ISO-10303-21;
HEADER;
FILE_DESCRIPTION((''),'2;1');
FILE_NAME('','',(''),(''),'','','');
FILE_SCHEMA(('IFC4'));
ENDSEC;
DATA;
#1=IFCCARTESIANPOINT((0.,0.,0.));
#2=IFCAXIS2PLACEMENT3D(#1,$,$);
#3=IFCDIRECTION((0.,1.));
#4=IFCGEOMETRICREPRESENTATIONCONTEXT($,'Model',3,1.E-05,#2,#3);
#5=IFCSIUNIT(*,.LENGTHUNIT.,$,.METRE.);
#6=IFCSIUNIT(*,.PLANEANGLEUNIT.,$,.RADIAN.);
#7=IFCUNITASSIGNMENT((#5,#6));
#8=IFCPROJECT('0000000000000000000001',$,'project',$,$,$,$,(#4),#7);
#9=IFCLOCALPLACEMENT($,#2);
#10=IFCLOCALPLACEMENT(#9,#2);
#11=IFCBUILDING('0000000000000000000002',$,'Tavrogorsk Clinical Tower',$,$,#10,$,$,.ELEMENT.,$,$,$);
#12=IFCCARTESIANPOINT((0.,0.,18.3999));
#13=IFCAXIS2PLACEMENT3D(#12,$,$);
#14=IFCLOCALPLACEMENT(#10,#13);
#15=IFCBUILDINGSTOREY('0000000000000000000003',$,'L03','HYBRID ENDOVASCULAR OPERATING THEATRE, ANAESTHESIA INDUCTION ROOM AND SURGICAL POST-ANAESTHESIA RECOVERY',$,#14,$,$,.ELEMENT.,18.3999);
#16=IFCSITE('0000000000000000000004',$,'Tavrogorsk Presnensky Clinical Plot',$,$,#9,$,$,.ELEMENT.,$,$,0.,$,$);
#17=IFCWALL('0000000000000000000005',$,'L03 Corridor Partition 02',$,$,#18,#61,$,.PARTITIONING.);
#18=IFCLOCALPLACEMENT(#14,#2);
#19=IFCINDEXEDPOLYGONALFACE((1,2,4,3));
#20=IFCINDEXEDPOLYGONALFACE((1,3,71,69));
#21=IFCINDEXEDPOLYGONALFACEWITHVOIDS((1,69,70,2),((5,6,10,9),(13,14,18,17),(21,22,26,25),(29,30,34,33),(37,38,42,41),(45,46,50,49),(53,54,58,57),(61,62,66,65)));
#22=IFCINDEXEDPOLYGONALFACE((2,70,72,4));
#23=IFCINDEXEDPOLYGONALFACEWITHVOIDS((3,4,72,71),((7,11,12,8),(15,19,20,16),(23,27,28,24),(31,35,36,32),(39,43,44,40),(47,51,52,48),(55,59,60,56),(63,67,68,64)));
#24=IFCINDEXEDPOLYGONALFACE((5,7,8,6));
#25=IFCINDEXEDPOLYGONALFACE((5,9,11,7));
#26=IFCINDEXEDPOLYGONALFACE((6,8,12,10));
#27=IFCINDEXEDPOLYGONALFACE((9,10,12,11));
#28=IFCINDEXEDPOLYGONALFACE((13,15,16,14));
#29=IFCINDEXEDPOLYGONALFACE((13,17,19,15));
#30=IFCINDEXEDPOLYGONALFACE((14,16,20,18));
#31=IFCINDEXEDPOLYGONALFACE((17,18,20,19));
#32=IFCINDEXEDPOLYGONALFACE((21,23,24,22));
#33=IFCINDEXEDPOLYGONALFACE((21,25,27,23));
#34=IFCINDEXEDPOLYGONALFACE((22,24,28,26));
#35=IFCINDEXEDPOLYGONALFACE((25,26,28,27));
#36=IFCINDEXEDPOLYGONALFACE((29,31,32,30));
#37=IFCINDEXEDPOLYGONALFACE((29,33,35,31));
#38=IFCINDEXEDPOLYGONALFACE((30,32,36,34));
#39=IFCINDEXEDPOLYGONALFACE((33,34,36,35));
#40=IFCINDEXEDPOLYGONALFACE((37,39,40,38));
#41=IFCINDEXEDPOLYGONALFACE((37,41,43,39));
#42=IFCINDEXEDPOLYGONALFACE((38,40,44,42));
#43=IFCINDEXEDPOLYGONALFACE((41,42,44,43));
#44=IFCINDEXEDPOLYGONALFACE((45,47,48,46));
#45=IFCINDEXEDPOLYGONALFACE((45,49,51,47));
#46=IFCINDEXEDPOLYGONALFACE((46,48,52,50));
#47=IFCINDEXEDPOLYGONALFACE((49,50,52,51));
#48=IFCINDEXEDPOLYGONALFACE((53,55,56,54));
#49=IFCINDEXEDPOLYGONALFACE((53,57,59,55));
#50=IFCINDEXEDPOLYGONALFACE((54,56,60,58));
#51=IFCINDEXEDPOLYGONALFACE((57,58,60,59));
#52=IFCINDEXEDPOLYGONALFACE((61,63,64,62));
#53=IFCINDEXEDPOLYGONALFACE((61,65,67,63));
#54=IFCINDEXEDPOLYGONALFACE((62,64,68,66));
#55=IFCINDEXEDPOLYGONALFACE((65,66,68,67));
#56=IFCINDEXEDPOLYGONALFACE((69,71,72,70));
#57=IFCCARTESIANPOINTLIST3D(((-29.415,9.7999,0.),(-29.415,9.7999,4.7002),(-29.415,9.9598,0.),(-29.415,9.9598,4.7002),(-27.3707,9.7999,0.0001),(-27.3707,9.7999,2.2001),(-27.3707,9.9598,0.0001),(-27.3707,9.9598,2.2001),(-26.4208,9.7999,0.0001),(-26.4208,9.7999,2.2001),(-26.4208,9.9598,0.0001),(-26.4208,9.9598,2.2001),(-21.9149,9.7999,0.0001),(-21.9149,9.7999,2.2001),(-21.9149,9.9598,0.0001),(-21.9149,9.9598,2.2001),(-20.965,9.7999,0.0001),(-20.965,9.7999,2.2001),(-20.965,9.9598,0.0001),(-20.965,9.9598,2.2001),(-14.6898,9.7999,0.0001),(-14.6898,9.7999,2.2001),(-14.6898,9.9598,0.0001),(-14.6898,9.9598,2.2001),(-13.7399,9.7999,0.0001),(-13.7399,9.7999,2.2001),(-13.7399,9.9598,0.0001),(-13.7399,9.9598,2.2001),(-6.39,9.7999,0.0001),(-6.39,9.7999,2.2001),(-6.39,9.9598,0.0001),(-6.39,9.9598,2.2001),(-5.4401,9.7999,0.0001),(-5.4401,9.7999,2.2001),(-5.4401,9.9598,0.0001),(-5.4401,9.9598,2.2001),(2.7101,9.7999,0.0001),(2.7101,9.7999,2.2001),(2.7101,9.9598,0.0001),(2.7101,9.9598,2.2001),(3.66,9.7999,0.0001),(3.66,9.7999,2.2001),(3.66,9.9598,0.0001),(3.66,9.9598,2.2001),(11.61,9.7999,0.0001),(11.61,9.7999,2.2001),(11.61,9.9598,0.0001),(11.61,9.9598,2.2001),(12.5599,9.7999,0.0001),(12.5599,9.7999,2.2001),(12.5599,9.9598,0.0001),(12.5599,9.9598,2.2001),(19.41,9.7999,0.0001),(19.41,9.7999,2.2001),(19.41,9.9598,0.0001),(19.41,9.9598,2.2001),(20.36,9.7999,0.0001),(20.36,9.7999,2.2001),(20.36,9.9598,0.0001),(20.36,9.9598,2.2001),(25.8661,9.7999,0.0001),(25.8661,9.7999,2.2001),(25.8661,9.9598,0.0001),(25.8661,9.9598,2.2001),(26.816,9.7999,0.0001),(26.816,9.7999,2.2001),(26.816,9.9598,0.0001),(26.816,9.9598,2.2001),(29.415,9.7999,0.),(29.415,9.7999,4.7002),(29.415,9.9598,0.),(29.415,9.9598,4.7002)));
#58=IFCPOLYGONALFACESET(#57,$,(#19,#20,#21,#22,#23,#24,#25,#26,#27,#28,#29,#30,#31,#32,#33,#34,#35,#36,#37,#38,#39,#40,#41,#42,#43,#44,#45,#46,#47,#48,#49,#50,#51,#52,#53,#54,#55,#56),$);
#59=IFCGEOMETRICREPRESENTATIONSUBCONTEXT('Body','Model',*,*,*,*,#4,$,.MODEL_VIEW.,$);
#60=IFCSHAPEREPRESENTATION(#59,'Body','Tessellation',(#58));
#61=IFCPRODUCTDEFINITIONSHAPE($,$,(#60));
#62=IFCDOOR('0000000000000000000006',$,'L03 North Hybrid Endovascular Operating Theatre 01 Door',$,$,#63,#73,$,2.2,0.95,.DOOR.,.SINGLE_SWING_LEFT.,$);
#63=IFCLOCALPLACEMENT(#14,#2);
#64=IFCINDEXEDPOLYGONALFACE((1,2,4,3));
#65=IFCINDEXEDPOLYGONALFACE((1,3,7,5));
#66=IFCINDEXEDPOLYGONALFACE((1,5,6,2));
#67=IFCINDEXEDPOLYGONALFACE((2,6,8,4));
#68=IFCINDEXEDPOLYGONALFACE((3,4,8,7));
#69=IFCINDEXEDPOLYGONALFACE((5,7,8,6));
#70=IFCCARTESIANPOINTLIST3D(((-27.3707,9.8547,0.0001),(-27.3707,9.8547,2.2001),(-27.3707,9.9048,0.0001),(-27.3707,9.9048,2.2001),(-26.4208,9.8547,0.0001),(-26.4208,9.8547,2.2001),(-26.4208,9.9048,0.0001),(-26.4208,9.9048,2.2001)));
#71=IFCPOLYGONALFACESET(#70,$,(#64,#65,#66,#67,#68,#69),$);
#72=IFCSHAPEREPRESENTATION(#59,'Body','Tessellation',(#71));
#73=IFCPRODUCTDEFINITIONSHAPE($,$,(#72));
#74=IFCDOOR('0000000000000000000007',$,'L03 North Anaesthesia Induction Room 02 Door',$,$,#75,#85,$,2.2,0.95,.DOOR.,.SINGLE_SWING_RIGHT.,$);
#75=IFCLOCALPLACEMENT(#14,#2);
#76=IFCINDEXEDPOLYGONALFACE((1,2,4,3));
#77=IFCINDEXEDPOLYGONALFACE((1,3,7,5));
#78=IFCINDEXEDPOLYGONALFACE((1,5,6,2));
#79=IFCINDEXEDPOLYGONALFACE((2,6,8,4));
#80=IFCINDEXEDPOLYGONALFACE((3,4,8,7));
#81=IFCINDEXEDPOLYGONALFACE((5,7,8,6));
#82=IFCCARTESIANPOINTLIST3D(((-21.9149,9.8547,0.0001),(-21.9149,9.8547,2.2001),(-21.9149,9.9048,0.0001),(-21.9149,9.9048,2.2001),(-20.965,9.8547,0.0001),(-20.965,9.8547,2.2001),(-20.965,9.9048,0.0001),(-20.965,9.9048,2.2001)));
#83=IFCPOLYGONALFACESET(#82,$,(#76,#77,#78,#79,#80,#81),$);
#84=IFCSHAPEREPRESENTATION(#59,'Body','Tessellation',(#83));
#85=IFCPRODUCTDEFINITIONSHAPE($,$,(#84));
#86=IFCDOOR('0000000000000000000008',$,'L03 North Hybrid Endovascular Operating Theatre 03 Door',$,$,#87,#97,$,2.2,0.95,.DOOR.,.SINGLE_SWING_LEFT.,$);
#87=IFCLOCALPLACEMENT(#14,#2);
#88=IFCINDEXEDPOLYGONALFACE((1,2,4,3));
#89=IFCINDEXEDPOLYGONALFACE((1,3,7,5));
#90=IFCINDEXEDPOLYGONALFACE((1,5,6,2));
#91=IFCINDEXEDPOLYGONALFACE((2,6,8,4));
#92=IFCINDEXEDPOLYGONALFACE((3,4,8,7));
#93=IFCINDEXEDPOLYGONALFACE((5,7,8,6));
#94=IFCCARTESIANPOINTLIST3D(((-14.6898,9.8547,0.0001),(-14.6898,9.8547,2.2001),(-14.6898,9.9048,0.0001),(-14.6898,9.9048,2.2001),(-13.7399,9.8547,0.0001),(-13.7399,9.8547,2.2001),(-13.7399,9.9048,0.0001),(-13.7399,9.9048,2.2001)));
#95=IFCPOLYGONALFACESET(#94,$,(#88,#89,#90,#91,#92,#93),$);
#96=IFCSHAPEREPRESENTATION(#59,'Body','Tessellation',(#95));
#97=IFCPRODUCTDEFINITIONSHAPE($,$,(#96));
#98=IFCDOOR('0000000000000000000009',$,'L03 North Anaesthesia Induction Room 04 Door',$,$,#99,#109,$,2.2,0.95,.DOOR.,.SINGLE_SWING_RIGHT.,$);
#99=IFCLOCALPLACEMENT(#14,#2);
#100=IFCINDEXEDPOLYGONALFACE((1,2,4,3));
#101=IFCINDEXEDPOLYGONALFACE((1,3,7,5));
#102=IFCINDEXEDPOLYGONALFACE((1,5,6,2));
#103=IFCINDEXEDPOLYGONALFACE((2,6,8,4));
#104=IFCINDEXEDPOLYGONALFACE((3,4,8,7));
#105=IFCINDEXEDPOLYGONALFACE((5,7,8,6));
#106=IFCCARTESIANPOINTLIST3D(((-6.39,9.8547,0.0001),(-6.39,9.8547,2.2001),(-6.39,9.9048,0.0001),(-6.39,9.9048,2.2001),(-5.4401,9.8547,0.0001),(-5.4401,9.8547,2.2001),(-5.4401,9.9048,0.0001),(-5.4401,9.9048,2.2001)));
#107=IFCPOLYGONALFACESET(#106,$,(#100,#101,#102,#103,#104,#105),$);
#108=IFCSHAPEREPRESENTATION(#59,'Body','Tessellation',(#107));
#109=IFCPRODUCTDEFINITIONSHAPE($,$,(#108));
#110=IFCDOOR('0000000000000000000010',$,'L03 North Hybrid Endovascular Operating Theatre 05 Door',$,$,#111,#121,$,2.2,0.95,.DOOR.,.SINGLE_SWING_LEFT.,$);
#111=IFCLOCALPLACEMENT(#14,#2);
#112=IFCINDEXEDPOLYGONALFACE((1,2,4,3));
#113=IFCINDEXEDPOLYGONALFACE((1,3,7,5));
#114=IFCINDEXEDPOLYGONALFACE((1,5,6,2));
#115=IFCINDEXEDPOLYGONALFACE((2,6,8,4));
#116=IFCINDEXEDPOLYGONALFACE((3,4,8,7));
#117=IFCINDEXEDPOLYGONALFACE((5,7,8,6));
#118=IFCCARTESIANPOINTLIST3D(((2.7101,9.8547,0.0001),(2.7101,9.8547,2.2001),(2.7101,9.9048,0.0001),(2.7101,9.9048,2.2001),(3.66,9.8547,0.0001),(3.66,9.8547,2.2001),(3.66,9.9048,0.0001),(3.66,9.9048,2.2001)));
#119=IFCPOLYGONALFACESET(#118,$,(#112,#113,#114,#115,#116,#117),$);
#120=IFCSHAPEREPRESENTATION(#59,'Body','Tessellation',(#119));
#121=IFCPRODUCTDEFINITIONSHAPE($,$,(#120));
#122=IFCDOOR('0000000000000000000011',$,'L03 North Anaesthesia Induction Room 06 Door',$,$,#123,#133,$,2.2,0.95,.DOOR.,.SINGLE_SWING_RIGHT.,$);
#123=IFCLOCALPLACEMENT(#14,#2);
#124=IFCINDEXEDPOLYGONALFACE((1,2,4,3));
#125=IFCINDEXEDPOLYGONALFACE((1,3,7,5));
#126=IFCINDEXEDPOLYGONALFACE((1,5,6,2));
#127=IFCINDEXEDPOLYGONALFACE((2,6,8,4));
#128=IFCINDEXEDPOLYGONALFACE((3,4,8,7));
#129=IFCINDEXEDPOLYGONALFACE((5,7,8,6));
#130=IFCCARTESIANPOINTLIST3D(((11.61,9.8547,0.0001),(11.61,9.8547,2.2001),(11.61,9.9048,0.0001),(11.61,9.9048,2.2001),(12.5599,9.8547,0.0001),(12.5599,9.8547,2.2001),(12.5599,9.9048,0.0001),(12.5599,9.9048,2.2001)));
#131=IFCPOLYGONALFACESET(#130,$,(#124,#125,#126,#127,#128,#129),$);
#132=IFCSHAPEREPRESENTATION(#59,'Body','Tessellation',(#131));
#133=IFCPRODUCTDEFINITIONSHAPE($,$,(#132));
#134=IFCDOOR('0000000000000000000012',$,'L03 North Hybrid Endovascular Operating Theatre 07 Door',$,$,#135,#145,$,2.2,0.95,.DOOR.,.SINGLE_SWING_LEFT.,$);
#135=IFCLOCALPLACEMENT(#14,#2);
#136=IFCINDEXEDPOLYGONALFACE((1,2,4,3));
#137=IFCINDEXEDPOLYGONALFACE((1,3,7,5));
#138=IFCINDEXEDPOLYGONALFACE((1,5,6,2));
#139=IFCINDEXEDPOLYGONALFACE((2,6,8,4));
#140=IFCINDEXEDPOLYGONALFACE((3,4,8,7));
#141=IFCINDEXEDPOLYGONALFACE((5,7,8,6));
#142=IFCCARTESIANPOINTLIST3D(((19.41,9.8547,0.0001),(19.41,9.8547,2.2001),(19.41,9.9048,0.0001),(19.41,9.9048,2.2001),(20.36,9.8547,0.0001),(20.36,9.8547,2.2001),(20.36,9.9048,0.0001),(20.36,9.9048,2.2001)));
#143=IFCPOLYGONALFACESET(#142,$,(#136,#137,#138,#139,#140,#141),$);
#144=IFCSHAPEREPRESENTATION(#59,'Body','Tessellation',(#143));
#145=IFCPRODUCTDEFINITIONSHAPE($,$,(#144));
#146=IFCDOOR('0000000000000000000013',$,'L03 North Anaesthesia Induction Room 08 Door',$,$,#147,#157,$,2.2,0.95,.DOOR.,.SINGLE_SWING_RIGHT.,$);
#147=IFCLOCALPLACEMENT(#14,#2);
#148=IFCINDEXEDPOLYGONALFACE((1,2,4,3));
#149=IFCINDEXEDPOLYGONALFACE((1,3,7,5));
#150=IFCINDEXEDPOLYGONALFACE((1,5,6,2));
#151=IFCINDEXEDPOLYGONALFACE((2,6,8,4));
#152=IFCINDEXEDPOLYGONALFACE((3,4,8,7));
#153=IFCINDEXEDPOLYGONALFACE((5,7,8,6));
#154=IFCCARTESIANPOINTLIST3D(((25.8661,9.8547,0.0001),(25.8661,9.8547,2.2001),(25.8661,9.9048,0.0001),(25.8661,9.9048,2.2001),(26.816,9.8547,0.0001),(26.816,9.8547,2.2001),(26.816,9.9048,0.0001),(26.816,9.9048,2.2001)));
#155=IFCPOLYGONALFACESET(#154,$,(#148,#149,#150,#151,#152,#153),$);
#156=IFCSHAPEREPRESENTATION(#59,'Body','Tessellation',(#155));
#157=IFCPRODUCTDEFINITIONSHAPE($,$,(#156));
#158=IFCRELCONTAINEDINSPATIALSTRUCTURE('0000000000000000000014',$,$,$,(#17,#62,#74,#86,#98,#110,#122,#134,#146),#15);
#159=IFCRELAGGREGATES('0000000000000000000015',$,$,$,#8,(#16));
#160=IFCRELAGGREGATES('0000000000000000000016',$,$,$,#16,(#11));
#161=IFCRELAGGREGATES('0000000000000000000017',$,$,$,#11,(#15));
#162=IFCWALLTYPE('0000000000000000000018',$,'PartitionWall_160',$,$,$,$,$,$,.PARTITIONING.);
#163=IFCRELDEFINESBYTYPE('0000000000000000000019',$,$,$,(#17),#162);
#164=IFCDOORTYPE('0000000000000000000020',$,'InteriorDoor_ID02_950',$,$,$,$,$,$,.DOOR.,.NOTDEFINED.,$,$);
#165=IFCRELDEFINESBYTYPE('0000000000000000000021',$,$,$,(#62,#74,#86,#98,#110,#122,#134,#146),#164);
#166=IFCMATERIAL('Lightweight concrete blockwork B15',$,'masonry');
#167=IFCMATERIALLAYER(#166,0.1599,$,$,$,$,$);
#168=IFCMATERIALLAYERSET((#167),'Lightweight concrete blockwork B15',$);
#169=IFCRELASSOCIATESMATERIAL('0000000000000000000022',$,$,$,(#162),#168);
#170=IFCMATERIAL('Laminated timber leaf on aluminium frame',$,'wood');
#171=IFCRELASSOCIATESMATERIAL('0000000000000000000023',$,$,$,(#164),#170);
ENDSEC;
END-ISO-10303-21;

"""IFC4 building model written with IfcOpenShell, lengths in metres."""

from ifc_helpers import new_model, si_unit, direction, frame, frame_2d, origin, place, context, subcontext, project, spatial, rectangle, extrude, material, layer, layer_set, type_object, element, fill, save


model = new_model("IFC4")

# Units and contexts
model_context = context("Model", 3, precision=1e-05, world=origin(), true_north=direction((0.0, 1.0)))
body_context = subcontext(model_context, "Body", "Model", "MODEL_VIEW")
ifc_project = project(units=[si_unit("LENGTHUNIT", "METRE"), si_unit("PLANEANGLEUNIT", "RADIAN")], contexts=[model_context])

# Site, building, storey
site_placement = place(None, origin())
site = spatial("IfcSite", under=ifc_project, at=site_placement, Name="Tavrogorsk Presnensky Clinical Plot", CompositionType="ELEMENT", RefElevation=0.0)
building_placement = place(site_placement, origin())
building = spatial("IfcBuilding", under=site, at=building_placement, Name="Tavrogorsk Clinical Tower", CompositionType="ELEMENT")
storey_placement = place(building_placement, frame((0.0, 0.0, 18.3999)))
storey = spatial("IfcBuildingStorey", under=building, at=storey_placement, Name="L03", Description="HYBRID ENDOVASCULAR OPERATING THEATRE, ANAESTHESIA INDUCTION ROOM AND SURGICAL POST-ANAESTHESIA RECOVERY", CompositionType="ELEMENT", Elevation=18.3999)

# Wall, openings, doors
ifc_material_1 = material(Name="Lightweight concrete blockwork B15", Category="masonry")
ifc_layer_1 = layer(ifc_material_1, 0.1599)
ifc_layer_set_1 = layer_set([ifc_layer_1], Name="Lightweight concrete blockwork B15")
wall_type_1 = type_object("IfcWallType", Name="PartitionWall_160", PredefinedType="PARTITIONING", material=ifc_layer_set_1)
wall_1_placement = place(storey_placement, frame((-29.415, 9.8799, 0.0), z_axis=(0.0, 0.0, 1.0), x_axis=(1.0, 0.0, 0.0)))
wall_1 = element("IfcWall", 1, at=wall_1_placement, inside=storey, type_object=wall_type_1, Name="L03 Corridor Partition 02", PredefinedType="PARTITIONING", context=body_context, shape_type="SweptSolid", body=[
    extrude(rectangle(XDim=58.8301, YDim=0.1599, at=frame_2d((29.415, 0.0))), origin(), (0.0, 0.0, 1.0), 4.7002),
])
opening_1_placement = place(wall_1_placement, frame((2.0442, 0.0, 0.0)))
opening_1 = element("IfcOpeningElement", 2, at=opening_1_placement, cuts=wall_1, PredefinedType="OPENING", context=body_context, shape_type="SweptSolid", body=[
    extrude(rectangle(XDim=0.95, YDim=2.2, at=frame_2d((0.4751, 1.1001))), frame((0.0, 0.0898, 0.0), z_axis=(0.0, -1.0, 0.0), x_axis=(1.0, 0.0, 0.0)), (0.0, 0.0, 1.0), 0.1799),
])
opening_2_placement = place(wall_1_placement, frame((7.5, 0.0, 0.0)))
opening_2 = element("IfcOpeningElement", 3, at=opening_2_placement, cuts=wall_1, PredefinedType="OPENING", context=body_context, shape_type="SweptSolid", body=[
    extrude(rectangle(XDim=0.95, YDim=2.2, at=frame_2d((0.4751, 1.1001))), frame((0.0, 0.0898, 0.0), z_axis=(0.0, -1.0, 0.0), x_axis=(1.0, 0.0, 0.0)), (0.0, 0.0, 1.0), 0.1799),
])
opening_3_placement = place(wall_1_placement, frame((14.7251, 0.0, 0.0)))
opening_3 = element("IfcOpeningElement", 4, at=opening_3_placement, cuts=wall_1, PredefinedType="OPENING", context=body_context, shape_type="SweptSolid", body=[
    extrude(rectangle(XDim=0.95, YDim=2.2, at=frame_2d((0.4751, 1.1001))), frame((0.0, 0.0898, 0.0), z_axis=(0.0, -1.0, 0.0), x_axis=(1.0, 0.0, 0.0)), (0.0, 0.0, 1.0), 0.1799),
])
opening_4_placement = place(wall_1_placement, frame((23.0249, 0.0, 0.0)))
opening_4 = element("IfcOpeningElement", 5, at=opening_4_placement, cuts=wall_1, PredefinedType="OPENING", context=body_context, shape_type="SweptSolid", body=[
    extrude(rectangle(XDim=0.95, YDim=2.2, at=frame_2d((0.4751, 1.1001))), frame((0.0, 0.0898, 0.0), z_axis=(0.0, -1.0, 0.0), x_axis=(1.0, 0.0, 0.0)), (0.0, 0.0, 1.0), 0.1799),
])
opening_5_placement = place(wall_1_placement, frame((32.125, 0.0, 0.0)))
opening_5 = element("IfcOpeningElement", 6, at=opening_5_placement, cuts=wall_1, PredefinedType="OPENING", context=body_context, shape_type="SweptSolid", body=[
    extrude(rectangle(XDim=0.95, YDim=2.2, at=frame_2d((0.4751, 1.1001))), frame((0.0, 0.0898, 0.0), z_axis=(0.0, -1.0, 0.0), x_axis=(1.0, 0.0, 0.0)), (0.0, 0.0, 1.0), 0.1799),
])
opening_6_placement = place(wall_1_placement, frame((41.0249, 0.0, 0.0)))
opening_6 = element("IfcOpeningElement", 7, at=opening_6_placement, cuts=wall_1, PredefinedType="OPENING", context=body_context, shape_type="SweptSolid", body=[
    extrude(rectangle(XDim=0.95, YDim=2.2, at=frame_2d((0.4751, 1.1001))), frame((0.0, 0.0898, 0.0), z_axis=(0.0, -1.0, 0.0), x_axis=(1.0, 0.0, 0.0)), (0.0, 0.0, 1.0), 0.1799),
])
opening_7_placement = place(wall_1_placement, frame((48.825, 0.0, 0.0)))
opening_7 = element("IfcOpeningElement", 8, at=opening_7_placement, cuts=wall_1, PredefinedType="OPENING", context=body_context, shape_type="SweptSolid", body=[
    extrude(rectangle(XDim=0.95, YDim=2.2, at=frame_2d((0.4751, 1.1001))), frame((0.0, 0.0898, 0.0), z_axis=(0.0, -1.0, 0.0), x_axis=(1.0, 0.0, 0.0)), (0.0, 0.0, 1.0), 0.1799),
])
opening_8_placement = place(wall_1_placement, frame((55.281, 0.0, 0.0)))
opening_8 = element("IfcOpeningElement", 9, at=opening_8_placement, cuts=wall_1, PredefinedType="OPENING", context=body_context, shape_type="SweptSolid", body=[
    extrude(rectangle(XDim=0.95, YDim=2.2, at=frame_2d((0.4751, 1.1001))), frame((0.0, 0.0898, 0.0), z_axis=(0.0, -1.0, 0.0), x_axis=(1.0, 0.0, 0.0)), (0.0, 0.0, 1.0), 0.1799),
])
ifc_material_2 = material(Name="Laminated timber leaf on aluminium frame", Category="wood")
door_type = type_object("IfcDoorType", Name="InteriorDoor_ID02_950", OperationType="NOTDEFINED", PredefinedType="DOOR", material=ifc_material_2)
door_1_placement = place(opening_1_placement, origin())
door_1 = element("IfcDoor", 10, at=door_1_placement, inside=storey, type_object=door_type, Name="L03 North Hybrid Endovascular Operating Theatre 01 Door", OperationType="SINGLE_SWING_LEFT", OverallHeight=2.2, OverallWidth=0.95, PredefinedType="DOOR", context=body_context, shape_type="SweptSolid", body=[
    extrude(rectangle(XDim=0.95, YDim=2.2, at=frame_2d((0.4751, 1.1001))), frame((0.0, 0.0249, 0.0), z_axis=(0.0, -1.0, 0.0), x_axis=(1.0, 0.0, 0.0)), (0.0, 0.0, 1.0), 0.05),
])
fill(opening_1, door_1)
door_2_placement = place(opening_2_placement, origin())
door_2 = element("IfcDoor", 11, at=door_2_placement, inside=storey, type_object=door_type, Name="L03 North Anaesthesia Induction Room 02 Door", OperationType="SINGLE_SWING_RIGHT", OverallHeight=2.2, OverallWidth=0.95, PredefinedType="DOOR", context=body_context, shape_type="SweptSolid", body=[
    extrude(rectangle(XDim=0.95, YDim=2.2, at=frame_2d((0.4751, 1.1001))), frame((0.0, 0.0249, 0.0), z_axis=(0.0, -1.0, 0.0), x_axis=(1.0, 0.0, 0.0)), (0.0, 0.0, 1.0), 0.05),
])
fill(opening_2, door_2)
door_3_placement = place(opening_3_placement, origin())
door_3 = element("IfcDoor", 12, at=door_3_placement, inside=storey, type_object=door_type, Name="L03 North Hybrid Endovascular Operating Theatre 03 Door", OperationType="SINGLE_SWING_LEFT", OverallHeight=2.2, OverallWidth=0.95, PredefinedType="DOOR", context=body_context, shape_type="SweptSolid", body=[
    extrude(rectangle(XDim=0.95, YDim=2.2, at=frame_2d((0.4751, 1.1001))), frame((0.0, 0.0249, 0.0), z_axis=(0.0, -1.0, 0.0), x_axis=(1.0, 0.0, 0.0)), (0.0, 0.0, 1.0), 0.05),
])
fill(opening_3, door_3)
door_4_placement = place(opening_4_placement, origin())
door_4 = element("IfcDoor", 13, at=door_4_placement, inside=storey, type_object=door_type, Name="L03 North Anaesthesia Induction Room 04 Door", OperationType="SINGLE_SWING_RIGHT", OverallHeight=2.2, OverallWidth=0.95, PredefinedType="DOOR", context=body_context, shape_type="SweptSolid", body=[
    extrude(rectangle(XDim=0.95, YDim=2.2, at=frame_2d((0.4751, 1.1001))), frame((0.0, 0.0249, 0.0), z_axis=(0.0, -1.0, 0.0), x_axis=(1.0, 0.0, 0.0)), (0.0, 0.0, 1.0), 0.05),
])
fill(opening_4, door_4)
door_5_placement = place(opening_5_placement, origin())
door_5 = element("IfcDoor", 14, at=door_5_placement, inside=storey, type_object=door_type, Name="L03 North Hybrid Endovascular Operating Theatre 05 Door", OperationType="SINGLE_SWING_LEFT", OverallHeight=2.2, OverallWidth=0.95, PredefinedType="DOOR", context=body_context, shape_type="SweptSolid", body=[
    extrude(rectangle(XDim=0.95, YDim=2.2, at=frame_2d((0.4751, 1.1001))), frame((0.0, 0.0249, 0.0), z_axis=(0.0, -1.0, 0.0), x_axis=(1.0, 0.0, 0.0)), (0.0, 0.0, 1.0), 0.05),
])
fill(opening_5, door_5)
door_6_placement = place(opening_6_placement, origin())
door_6 = element("IfcDoor", 15, at=door_6_placement, inside=storey, type_object=door_type, Name="L03 North Anaesthesia Induction Room 06 Door", OperationType="SINGLE_SWING_RIGHT", OverallHeight=2.2, OverallWidth=0.95, PredefinedType="DOOR", context=body_context, shape_type="SweptSolid", body=[
    extrude(rectangle(XDim=0.95, YDim=2.2, at=frame_2d((0.4751, 1.1001))), frame((0.0, 0.0249, 0.0), z_axis=(0.0, -1.0, 0.0), x_axis=(1.0, 0.0, 0.0)), (0.0, 0.0, 1.0), 0.05),
])
fill(opening_6, door_6)
door_7_placement = place(opening_7_placement, origin())
door_7 = element("IfcDoor", 16, at=door_7_placement, inside=storey, type_object=door_type, Name="L03 North Hybrid Endovascular Operating Theatre 07 Door", OperationType="SINGLE_SWING_LEFT", OverallHeight=2.2, OverallWidth=0.95, PredefinedType="DOOR", context=body_context, shape_type="SweptSolid", body=[
    extrude(rectangle(XDim=0.95, YDim=2.2, at=frame_2d((0.4751, 1.1001))), frame((0.0, 0.0249, 0.0), z_axis=(0.0, -1.0, 0.0), x_axis=(1.0, 0.0, 0.0)), (0.0, 0.0, 1.0), 0.05),
])
fill(opening_7, door_7)
door_8_placement = place(opening_8_placement, origin())
door_8 = element("IfcDoor", 17, at=door_8_placement, inside=storey, type_object=door_type, Name="L03 North Anaesthesia Induction Room 08 Door", OperationType="SINGLE_SWING_RIGHT", OverallHeight=2.2, OverallWidth=0.95, PredefinedType="DOOR", context=body_context, shape_type="SweptSolid", body=[
    extrude(rectangle(XDim=0.95, YDim=2.2, at=frame_2d((0.4751, 1.1001))), frame((0.0, 0.0249, 0.0), z_axis=(0.0, -1.0, 0.0), x_axis=(1.0, 0.0, 0.0)), (0.0, 0.0, 1.0), 0.05),
])
fill(opening_8, door_8)

save(model, "model.ifc")
